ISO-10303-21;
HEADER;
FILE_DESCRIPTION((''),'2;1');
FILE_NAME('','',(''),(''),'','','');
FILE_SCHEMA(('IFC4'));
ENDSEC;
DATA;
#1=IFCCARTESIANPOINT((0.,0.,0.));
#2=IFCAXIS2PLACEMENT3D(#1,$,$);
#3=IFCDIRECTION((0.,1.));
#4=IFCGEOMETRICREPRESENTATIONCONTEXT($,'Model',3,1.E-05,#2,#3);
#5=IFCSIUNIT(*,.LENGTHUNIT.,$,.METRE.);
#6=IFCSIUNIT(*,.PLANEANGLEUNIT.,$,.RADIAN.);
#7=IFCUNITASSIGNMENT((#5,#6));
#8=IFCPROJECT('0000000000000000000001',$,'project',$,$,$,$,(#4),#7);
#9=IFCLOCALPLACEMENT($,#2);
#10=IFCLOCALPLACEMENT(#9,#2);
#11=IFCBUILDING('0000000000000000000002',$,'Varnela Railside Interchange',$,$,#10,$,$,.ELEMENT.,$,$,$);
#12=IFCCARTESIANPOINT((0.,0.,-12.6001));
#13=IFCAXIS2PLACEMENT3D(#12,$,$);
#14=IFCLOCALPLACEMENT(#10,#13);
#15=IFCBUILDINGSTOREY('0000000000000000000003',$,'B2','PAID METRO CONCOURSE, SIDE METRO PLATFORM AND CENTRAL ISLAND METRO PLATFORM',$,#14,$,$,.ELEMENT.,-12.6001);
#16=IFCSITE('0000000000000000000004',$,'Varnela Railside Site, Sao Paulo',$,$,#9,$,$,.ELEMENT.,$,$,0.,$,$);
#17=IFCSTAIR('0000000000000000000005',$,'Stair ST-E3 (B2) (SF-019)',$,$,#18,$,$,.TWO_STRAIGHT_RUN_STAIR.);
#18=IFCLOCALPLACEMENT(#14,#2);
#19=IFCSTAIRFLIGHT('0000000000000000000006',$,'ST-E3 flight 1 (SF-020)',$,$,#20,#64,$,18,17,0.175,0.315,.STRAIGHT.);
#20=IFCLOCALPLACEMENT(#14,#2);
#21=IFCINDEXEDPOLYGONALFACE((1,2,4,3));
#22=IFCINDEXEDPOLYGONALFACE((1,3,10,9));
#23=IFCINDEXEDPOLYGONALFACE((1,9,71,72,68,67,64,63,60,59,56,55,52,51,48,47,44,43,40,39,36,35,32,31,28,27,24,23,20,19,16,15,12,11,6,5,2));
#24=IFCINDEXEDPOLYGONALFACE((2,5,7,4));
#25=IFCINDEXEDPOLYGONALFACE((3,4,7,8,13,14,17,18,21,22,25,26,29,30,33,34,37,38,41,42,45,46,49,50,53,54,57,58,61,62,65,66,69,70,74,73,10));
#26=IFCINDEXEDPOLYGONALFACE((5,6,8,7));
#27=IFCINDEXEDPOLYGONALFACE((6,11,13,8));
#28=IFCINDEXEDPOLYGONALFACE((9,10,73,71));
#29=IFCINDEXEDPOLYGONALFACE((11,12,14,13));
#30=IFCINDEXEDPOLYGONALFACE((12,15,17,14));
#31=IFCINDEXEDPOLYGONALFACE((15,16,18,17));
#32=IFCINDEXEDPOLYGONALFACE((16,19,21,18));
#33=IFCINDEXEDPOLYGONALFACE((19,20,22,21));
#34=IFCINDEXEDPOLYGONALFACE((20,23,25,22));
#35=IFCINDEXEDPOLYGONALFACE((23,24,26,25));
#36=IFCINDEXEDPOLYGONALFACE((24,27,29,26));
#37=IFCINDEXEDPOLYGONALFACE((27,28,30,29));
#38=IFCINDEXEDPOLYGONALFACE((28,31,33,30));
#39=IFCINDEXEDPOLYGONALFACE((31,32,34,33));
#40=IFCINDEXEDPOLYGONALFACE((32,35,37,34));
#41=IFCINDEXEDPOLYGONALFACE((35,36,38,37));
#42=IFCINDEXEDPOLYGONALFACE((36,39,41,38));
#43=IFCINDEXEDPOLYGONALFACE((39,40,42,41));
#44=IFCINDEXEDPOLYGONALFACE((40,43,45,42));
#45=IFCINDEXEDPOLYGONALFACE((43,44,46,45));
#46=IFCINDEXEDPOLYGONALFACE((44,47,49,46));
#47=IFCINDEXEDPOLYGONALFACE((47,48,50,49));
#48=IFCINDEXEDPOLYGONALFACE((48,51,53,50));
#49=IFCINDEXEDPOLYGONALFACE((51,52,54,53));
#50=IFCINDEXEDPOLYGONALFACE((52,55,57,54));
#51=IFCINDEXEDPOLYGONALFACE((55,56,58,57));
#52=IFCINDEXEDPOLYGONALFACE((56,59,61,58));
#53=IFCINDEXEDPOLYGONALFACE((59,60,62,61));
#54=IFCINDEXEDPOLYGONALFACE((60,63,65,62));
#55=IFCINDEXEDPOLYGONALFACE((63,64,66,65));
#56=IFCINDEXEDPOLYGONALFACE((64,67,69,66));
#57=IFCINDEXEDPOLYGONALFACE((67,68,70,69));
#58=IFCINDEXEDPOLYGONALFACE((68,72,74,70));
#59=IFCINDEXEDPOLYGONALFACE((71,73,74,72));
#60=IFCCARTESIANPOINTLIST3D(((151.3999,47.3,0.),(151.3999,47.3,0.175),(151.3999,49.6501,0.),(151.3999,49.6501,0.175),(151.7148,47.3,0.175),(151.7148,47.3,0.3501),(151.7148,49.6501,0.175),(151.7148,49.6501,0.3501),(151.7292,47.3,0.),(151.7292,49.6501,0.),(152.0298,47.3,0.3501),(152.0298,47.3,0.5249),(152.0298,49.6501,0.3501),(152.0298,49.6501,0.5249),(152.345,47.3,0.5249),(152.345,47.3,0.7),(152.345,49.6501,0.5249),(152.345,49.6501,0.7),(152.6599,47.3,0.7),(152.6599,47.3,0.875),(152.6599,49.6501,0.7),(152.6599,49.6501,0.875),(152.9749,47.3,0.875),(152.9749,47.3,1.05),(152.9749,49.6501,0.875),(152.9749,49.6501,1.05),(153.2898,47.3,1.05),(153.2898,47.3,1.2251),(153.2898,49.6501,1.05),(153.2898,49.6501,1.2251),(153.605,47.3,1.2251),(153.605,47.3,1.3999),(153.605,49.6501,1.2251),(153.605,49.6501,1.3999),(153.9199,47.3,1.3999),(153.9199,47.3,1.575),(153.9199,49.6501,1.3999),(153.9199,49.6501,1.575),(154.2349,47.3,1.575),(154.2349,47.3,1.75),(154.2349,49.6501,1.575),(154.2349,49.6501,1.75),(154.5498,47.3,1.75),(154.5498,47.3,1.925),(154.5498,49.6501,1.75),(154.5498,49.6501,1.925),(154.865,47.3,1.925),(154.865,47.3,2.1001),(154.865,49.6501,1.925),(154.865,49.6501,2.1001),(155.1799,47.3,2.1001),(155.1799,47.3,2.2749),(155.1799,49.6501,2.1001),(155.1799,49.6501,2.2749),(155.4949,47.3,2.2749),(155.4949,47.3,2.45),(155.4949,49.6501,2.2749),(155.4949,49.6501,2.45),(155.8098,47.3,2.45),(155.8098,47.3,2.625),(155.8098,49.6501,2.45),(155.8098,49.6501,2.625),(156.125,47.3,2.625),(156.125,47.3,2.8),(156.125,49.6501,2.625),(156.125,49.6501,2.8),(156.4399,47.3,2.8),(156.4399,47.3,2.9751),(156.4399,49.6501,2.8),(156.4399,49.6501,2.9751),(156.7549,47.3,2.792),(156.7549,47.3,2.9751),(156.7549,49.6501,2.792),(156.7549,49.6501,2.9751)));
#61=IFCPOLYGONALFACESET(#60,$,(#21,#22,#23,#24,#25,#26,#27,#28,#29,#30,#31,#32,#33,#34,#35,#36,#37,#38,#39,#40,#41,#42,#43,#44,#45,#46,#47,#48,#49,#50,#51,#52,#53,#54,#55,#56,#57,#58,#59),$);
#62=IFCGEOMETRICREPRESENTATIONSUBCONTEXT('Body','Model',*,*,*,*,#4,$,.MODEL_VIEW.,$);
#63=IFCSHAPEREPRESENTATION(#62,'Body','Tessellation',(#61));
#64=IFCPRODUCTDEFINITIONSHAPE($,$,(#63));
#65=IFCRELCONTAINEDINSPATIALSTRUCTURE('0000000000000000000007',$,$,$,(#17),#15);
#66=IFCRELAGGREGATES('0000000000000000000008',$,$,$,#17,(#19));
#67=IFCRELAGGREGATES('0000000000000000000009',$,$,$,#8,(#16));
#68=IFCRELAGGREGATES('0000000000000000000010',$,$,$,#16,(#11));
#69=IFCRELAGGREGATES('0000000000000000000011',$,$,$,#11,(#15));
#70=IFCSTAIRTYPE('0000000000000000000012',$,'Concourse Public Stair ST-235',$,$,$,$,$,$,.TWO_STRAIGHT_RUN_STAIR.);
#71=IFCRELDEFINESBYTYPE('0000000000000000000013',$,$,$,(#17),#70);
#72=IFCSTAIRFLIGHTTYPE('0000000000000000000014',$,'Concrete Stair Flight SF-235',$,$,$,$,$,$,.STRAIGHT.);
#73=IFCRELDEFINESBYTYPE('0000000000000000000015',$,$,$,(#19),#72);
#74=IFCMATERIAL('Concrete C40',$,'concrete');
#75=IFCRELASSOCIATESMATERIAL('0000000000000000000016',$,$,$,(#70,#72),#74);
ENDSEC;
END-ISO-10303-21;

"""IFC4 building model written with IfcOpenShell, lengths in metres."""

from ifc_helpers import new_model, si_unit, direction, frame, origin, place, context, subcontext, project, spatial, polyline, outline, extrude, material, type_object, element, aggregate, save


model = new_model("IFC4")

# Units and contexts
model_context = context("Model", 3, precision=1e-05, world=origin(), true_north=direction((0.0, 1.0)))
body_context = subcontext(model_context, "Body", "Model", "MODEL_VIEW")
ifc_project = project(units=[si_unit("LENGTHUNIT", "METRE"), si_unit("PLANEANGLEUNIT", "RADIAN")], contexts=[model_context])

# Site, building, storey
site_placement = place(None, origin())
site = spatial("IfcSite", under=ifc_project, at=site_placement, Name="Varnela Railside Site, Sao Paulo", CompositionType="ELEMENT", RefElevation=0.0)
building_placement = place(site_placement, origin())
building = spatial("IfcBuilding", under=site, at=building_placement, Name="Varnela Railside Interchange", CompositionType="ELEMENT")
storey_placement = place(building_placement, frame((0.0, 0.0, -12.6001)))
storey = spatial("IfcBuildingStorey", under=building, at=storey_placement, Name="B2", Description="PAID METRO CONCOURSE, SIDE METRO PLATFORM AND CENTRAL ISLAND METRO PLATFORM", CompositionType="ELEMENT", Elevation=-12.6001)

# Shared definitions
ifc_material_1 = material(Name="Concrete C40", Category="concrete")

# Stair, stair flight
stair_type = type_object("IfcStairType", Name="Concourse Public Stair ST-235", PredefinedType="TWO_STRAIGHT_RUN_STAIR", material=ifc_material_1)
stair_placement = place(storey_placement, origin())
stair = element("IfcStair", 1, at=stair_placement, inside=storey, type_object=stair_type, Name="Stair ST-E3 (B2) (SF-019)", PredefinedType="TWO_STRAIGHT_RUN_STAIR")
stair_flight_type = type_object("IfcStairFlightType", Name="Concrete Stair Flight SF-235", PredefinedType="STRAIGHT", material=ifc_material_1)
stair_flight_placement = place(storey_placement, frame((151.3999, 48.4751, 0.0), z_axis=(0.0, 0.0, 1.0), x_axis=(1.0, 0.0, 0.0)))
stair_flight = element("IfcStairFlight", 2, at=stair_flight_placement, type_object=stair_flight_type, Name="ST-E3 flight 1 (SF-020)", NumberOfRisers=18, NumberOfTreads=17, PredefinedType="STRAIGHT", RiserHeight=0.175, TreadLength=0.315, context=body_context, shape_type="SweptSolid", body=[
    extrude(outline(polyline([(0.0, 0.0), (0.0, 0.175), (0.3149, 0.175), (0.3149, 0.3501), (0.6299, 0.3501), (0.6299, 0.5249), (0.9451, 0.5249), (0.9451, 0.7), (1.26, 0.7), (1.26, 0.875), (1.575, 0.875), (1.575, 1.05), (1.8899, 1.05), (1.8899, 1.2251), (2.2051, 1.2251), (2.2051, 1.3999), (2.52, 1.3999), (2.52, 1.575), (2.835, 1.575), (2.835, 1.75), (3.1499, 1.75), (3.1499, 1.925), (3.4651, 1.925), (3.4651, 2.1001), (3.78, 2.1001), (3.78, 2.2749), (4.095, 2.2749), (4.095, 2.45), (4.4099, 2.45), (4.4099, 2.625), (4.7251, 2.625), (4.7251, 2.8), (5.04, 2.8), (5.04, 2.9751), (5.355, 2.9751), (5.355, 3.1499), (5.355, 2.792), (0.3293, 0.0), (0.0, 0.0)])), frame((0.0, 1.175, 0.0), z_axis=(0.0, -1.0, 0.0), x_axis=(1.0, 0.0, 0.0)), (0.0, 0.0, 1.0), 2.3501),
])
aggregate(stair, [stair_flight])

save(model, "model.ifc")
